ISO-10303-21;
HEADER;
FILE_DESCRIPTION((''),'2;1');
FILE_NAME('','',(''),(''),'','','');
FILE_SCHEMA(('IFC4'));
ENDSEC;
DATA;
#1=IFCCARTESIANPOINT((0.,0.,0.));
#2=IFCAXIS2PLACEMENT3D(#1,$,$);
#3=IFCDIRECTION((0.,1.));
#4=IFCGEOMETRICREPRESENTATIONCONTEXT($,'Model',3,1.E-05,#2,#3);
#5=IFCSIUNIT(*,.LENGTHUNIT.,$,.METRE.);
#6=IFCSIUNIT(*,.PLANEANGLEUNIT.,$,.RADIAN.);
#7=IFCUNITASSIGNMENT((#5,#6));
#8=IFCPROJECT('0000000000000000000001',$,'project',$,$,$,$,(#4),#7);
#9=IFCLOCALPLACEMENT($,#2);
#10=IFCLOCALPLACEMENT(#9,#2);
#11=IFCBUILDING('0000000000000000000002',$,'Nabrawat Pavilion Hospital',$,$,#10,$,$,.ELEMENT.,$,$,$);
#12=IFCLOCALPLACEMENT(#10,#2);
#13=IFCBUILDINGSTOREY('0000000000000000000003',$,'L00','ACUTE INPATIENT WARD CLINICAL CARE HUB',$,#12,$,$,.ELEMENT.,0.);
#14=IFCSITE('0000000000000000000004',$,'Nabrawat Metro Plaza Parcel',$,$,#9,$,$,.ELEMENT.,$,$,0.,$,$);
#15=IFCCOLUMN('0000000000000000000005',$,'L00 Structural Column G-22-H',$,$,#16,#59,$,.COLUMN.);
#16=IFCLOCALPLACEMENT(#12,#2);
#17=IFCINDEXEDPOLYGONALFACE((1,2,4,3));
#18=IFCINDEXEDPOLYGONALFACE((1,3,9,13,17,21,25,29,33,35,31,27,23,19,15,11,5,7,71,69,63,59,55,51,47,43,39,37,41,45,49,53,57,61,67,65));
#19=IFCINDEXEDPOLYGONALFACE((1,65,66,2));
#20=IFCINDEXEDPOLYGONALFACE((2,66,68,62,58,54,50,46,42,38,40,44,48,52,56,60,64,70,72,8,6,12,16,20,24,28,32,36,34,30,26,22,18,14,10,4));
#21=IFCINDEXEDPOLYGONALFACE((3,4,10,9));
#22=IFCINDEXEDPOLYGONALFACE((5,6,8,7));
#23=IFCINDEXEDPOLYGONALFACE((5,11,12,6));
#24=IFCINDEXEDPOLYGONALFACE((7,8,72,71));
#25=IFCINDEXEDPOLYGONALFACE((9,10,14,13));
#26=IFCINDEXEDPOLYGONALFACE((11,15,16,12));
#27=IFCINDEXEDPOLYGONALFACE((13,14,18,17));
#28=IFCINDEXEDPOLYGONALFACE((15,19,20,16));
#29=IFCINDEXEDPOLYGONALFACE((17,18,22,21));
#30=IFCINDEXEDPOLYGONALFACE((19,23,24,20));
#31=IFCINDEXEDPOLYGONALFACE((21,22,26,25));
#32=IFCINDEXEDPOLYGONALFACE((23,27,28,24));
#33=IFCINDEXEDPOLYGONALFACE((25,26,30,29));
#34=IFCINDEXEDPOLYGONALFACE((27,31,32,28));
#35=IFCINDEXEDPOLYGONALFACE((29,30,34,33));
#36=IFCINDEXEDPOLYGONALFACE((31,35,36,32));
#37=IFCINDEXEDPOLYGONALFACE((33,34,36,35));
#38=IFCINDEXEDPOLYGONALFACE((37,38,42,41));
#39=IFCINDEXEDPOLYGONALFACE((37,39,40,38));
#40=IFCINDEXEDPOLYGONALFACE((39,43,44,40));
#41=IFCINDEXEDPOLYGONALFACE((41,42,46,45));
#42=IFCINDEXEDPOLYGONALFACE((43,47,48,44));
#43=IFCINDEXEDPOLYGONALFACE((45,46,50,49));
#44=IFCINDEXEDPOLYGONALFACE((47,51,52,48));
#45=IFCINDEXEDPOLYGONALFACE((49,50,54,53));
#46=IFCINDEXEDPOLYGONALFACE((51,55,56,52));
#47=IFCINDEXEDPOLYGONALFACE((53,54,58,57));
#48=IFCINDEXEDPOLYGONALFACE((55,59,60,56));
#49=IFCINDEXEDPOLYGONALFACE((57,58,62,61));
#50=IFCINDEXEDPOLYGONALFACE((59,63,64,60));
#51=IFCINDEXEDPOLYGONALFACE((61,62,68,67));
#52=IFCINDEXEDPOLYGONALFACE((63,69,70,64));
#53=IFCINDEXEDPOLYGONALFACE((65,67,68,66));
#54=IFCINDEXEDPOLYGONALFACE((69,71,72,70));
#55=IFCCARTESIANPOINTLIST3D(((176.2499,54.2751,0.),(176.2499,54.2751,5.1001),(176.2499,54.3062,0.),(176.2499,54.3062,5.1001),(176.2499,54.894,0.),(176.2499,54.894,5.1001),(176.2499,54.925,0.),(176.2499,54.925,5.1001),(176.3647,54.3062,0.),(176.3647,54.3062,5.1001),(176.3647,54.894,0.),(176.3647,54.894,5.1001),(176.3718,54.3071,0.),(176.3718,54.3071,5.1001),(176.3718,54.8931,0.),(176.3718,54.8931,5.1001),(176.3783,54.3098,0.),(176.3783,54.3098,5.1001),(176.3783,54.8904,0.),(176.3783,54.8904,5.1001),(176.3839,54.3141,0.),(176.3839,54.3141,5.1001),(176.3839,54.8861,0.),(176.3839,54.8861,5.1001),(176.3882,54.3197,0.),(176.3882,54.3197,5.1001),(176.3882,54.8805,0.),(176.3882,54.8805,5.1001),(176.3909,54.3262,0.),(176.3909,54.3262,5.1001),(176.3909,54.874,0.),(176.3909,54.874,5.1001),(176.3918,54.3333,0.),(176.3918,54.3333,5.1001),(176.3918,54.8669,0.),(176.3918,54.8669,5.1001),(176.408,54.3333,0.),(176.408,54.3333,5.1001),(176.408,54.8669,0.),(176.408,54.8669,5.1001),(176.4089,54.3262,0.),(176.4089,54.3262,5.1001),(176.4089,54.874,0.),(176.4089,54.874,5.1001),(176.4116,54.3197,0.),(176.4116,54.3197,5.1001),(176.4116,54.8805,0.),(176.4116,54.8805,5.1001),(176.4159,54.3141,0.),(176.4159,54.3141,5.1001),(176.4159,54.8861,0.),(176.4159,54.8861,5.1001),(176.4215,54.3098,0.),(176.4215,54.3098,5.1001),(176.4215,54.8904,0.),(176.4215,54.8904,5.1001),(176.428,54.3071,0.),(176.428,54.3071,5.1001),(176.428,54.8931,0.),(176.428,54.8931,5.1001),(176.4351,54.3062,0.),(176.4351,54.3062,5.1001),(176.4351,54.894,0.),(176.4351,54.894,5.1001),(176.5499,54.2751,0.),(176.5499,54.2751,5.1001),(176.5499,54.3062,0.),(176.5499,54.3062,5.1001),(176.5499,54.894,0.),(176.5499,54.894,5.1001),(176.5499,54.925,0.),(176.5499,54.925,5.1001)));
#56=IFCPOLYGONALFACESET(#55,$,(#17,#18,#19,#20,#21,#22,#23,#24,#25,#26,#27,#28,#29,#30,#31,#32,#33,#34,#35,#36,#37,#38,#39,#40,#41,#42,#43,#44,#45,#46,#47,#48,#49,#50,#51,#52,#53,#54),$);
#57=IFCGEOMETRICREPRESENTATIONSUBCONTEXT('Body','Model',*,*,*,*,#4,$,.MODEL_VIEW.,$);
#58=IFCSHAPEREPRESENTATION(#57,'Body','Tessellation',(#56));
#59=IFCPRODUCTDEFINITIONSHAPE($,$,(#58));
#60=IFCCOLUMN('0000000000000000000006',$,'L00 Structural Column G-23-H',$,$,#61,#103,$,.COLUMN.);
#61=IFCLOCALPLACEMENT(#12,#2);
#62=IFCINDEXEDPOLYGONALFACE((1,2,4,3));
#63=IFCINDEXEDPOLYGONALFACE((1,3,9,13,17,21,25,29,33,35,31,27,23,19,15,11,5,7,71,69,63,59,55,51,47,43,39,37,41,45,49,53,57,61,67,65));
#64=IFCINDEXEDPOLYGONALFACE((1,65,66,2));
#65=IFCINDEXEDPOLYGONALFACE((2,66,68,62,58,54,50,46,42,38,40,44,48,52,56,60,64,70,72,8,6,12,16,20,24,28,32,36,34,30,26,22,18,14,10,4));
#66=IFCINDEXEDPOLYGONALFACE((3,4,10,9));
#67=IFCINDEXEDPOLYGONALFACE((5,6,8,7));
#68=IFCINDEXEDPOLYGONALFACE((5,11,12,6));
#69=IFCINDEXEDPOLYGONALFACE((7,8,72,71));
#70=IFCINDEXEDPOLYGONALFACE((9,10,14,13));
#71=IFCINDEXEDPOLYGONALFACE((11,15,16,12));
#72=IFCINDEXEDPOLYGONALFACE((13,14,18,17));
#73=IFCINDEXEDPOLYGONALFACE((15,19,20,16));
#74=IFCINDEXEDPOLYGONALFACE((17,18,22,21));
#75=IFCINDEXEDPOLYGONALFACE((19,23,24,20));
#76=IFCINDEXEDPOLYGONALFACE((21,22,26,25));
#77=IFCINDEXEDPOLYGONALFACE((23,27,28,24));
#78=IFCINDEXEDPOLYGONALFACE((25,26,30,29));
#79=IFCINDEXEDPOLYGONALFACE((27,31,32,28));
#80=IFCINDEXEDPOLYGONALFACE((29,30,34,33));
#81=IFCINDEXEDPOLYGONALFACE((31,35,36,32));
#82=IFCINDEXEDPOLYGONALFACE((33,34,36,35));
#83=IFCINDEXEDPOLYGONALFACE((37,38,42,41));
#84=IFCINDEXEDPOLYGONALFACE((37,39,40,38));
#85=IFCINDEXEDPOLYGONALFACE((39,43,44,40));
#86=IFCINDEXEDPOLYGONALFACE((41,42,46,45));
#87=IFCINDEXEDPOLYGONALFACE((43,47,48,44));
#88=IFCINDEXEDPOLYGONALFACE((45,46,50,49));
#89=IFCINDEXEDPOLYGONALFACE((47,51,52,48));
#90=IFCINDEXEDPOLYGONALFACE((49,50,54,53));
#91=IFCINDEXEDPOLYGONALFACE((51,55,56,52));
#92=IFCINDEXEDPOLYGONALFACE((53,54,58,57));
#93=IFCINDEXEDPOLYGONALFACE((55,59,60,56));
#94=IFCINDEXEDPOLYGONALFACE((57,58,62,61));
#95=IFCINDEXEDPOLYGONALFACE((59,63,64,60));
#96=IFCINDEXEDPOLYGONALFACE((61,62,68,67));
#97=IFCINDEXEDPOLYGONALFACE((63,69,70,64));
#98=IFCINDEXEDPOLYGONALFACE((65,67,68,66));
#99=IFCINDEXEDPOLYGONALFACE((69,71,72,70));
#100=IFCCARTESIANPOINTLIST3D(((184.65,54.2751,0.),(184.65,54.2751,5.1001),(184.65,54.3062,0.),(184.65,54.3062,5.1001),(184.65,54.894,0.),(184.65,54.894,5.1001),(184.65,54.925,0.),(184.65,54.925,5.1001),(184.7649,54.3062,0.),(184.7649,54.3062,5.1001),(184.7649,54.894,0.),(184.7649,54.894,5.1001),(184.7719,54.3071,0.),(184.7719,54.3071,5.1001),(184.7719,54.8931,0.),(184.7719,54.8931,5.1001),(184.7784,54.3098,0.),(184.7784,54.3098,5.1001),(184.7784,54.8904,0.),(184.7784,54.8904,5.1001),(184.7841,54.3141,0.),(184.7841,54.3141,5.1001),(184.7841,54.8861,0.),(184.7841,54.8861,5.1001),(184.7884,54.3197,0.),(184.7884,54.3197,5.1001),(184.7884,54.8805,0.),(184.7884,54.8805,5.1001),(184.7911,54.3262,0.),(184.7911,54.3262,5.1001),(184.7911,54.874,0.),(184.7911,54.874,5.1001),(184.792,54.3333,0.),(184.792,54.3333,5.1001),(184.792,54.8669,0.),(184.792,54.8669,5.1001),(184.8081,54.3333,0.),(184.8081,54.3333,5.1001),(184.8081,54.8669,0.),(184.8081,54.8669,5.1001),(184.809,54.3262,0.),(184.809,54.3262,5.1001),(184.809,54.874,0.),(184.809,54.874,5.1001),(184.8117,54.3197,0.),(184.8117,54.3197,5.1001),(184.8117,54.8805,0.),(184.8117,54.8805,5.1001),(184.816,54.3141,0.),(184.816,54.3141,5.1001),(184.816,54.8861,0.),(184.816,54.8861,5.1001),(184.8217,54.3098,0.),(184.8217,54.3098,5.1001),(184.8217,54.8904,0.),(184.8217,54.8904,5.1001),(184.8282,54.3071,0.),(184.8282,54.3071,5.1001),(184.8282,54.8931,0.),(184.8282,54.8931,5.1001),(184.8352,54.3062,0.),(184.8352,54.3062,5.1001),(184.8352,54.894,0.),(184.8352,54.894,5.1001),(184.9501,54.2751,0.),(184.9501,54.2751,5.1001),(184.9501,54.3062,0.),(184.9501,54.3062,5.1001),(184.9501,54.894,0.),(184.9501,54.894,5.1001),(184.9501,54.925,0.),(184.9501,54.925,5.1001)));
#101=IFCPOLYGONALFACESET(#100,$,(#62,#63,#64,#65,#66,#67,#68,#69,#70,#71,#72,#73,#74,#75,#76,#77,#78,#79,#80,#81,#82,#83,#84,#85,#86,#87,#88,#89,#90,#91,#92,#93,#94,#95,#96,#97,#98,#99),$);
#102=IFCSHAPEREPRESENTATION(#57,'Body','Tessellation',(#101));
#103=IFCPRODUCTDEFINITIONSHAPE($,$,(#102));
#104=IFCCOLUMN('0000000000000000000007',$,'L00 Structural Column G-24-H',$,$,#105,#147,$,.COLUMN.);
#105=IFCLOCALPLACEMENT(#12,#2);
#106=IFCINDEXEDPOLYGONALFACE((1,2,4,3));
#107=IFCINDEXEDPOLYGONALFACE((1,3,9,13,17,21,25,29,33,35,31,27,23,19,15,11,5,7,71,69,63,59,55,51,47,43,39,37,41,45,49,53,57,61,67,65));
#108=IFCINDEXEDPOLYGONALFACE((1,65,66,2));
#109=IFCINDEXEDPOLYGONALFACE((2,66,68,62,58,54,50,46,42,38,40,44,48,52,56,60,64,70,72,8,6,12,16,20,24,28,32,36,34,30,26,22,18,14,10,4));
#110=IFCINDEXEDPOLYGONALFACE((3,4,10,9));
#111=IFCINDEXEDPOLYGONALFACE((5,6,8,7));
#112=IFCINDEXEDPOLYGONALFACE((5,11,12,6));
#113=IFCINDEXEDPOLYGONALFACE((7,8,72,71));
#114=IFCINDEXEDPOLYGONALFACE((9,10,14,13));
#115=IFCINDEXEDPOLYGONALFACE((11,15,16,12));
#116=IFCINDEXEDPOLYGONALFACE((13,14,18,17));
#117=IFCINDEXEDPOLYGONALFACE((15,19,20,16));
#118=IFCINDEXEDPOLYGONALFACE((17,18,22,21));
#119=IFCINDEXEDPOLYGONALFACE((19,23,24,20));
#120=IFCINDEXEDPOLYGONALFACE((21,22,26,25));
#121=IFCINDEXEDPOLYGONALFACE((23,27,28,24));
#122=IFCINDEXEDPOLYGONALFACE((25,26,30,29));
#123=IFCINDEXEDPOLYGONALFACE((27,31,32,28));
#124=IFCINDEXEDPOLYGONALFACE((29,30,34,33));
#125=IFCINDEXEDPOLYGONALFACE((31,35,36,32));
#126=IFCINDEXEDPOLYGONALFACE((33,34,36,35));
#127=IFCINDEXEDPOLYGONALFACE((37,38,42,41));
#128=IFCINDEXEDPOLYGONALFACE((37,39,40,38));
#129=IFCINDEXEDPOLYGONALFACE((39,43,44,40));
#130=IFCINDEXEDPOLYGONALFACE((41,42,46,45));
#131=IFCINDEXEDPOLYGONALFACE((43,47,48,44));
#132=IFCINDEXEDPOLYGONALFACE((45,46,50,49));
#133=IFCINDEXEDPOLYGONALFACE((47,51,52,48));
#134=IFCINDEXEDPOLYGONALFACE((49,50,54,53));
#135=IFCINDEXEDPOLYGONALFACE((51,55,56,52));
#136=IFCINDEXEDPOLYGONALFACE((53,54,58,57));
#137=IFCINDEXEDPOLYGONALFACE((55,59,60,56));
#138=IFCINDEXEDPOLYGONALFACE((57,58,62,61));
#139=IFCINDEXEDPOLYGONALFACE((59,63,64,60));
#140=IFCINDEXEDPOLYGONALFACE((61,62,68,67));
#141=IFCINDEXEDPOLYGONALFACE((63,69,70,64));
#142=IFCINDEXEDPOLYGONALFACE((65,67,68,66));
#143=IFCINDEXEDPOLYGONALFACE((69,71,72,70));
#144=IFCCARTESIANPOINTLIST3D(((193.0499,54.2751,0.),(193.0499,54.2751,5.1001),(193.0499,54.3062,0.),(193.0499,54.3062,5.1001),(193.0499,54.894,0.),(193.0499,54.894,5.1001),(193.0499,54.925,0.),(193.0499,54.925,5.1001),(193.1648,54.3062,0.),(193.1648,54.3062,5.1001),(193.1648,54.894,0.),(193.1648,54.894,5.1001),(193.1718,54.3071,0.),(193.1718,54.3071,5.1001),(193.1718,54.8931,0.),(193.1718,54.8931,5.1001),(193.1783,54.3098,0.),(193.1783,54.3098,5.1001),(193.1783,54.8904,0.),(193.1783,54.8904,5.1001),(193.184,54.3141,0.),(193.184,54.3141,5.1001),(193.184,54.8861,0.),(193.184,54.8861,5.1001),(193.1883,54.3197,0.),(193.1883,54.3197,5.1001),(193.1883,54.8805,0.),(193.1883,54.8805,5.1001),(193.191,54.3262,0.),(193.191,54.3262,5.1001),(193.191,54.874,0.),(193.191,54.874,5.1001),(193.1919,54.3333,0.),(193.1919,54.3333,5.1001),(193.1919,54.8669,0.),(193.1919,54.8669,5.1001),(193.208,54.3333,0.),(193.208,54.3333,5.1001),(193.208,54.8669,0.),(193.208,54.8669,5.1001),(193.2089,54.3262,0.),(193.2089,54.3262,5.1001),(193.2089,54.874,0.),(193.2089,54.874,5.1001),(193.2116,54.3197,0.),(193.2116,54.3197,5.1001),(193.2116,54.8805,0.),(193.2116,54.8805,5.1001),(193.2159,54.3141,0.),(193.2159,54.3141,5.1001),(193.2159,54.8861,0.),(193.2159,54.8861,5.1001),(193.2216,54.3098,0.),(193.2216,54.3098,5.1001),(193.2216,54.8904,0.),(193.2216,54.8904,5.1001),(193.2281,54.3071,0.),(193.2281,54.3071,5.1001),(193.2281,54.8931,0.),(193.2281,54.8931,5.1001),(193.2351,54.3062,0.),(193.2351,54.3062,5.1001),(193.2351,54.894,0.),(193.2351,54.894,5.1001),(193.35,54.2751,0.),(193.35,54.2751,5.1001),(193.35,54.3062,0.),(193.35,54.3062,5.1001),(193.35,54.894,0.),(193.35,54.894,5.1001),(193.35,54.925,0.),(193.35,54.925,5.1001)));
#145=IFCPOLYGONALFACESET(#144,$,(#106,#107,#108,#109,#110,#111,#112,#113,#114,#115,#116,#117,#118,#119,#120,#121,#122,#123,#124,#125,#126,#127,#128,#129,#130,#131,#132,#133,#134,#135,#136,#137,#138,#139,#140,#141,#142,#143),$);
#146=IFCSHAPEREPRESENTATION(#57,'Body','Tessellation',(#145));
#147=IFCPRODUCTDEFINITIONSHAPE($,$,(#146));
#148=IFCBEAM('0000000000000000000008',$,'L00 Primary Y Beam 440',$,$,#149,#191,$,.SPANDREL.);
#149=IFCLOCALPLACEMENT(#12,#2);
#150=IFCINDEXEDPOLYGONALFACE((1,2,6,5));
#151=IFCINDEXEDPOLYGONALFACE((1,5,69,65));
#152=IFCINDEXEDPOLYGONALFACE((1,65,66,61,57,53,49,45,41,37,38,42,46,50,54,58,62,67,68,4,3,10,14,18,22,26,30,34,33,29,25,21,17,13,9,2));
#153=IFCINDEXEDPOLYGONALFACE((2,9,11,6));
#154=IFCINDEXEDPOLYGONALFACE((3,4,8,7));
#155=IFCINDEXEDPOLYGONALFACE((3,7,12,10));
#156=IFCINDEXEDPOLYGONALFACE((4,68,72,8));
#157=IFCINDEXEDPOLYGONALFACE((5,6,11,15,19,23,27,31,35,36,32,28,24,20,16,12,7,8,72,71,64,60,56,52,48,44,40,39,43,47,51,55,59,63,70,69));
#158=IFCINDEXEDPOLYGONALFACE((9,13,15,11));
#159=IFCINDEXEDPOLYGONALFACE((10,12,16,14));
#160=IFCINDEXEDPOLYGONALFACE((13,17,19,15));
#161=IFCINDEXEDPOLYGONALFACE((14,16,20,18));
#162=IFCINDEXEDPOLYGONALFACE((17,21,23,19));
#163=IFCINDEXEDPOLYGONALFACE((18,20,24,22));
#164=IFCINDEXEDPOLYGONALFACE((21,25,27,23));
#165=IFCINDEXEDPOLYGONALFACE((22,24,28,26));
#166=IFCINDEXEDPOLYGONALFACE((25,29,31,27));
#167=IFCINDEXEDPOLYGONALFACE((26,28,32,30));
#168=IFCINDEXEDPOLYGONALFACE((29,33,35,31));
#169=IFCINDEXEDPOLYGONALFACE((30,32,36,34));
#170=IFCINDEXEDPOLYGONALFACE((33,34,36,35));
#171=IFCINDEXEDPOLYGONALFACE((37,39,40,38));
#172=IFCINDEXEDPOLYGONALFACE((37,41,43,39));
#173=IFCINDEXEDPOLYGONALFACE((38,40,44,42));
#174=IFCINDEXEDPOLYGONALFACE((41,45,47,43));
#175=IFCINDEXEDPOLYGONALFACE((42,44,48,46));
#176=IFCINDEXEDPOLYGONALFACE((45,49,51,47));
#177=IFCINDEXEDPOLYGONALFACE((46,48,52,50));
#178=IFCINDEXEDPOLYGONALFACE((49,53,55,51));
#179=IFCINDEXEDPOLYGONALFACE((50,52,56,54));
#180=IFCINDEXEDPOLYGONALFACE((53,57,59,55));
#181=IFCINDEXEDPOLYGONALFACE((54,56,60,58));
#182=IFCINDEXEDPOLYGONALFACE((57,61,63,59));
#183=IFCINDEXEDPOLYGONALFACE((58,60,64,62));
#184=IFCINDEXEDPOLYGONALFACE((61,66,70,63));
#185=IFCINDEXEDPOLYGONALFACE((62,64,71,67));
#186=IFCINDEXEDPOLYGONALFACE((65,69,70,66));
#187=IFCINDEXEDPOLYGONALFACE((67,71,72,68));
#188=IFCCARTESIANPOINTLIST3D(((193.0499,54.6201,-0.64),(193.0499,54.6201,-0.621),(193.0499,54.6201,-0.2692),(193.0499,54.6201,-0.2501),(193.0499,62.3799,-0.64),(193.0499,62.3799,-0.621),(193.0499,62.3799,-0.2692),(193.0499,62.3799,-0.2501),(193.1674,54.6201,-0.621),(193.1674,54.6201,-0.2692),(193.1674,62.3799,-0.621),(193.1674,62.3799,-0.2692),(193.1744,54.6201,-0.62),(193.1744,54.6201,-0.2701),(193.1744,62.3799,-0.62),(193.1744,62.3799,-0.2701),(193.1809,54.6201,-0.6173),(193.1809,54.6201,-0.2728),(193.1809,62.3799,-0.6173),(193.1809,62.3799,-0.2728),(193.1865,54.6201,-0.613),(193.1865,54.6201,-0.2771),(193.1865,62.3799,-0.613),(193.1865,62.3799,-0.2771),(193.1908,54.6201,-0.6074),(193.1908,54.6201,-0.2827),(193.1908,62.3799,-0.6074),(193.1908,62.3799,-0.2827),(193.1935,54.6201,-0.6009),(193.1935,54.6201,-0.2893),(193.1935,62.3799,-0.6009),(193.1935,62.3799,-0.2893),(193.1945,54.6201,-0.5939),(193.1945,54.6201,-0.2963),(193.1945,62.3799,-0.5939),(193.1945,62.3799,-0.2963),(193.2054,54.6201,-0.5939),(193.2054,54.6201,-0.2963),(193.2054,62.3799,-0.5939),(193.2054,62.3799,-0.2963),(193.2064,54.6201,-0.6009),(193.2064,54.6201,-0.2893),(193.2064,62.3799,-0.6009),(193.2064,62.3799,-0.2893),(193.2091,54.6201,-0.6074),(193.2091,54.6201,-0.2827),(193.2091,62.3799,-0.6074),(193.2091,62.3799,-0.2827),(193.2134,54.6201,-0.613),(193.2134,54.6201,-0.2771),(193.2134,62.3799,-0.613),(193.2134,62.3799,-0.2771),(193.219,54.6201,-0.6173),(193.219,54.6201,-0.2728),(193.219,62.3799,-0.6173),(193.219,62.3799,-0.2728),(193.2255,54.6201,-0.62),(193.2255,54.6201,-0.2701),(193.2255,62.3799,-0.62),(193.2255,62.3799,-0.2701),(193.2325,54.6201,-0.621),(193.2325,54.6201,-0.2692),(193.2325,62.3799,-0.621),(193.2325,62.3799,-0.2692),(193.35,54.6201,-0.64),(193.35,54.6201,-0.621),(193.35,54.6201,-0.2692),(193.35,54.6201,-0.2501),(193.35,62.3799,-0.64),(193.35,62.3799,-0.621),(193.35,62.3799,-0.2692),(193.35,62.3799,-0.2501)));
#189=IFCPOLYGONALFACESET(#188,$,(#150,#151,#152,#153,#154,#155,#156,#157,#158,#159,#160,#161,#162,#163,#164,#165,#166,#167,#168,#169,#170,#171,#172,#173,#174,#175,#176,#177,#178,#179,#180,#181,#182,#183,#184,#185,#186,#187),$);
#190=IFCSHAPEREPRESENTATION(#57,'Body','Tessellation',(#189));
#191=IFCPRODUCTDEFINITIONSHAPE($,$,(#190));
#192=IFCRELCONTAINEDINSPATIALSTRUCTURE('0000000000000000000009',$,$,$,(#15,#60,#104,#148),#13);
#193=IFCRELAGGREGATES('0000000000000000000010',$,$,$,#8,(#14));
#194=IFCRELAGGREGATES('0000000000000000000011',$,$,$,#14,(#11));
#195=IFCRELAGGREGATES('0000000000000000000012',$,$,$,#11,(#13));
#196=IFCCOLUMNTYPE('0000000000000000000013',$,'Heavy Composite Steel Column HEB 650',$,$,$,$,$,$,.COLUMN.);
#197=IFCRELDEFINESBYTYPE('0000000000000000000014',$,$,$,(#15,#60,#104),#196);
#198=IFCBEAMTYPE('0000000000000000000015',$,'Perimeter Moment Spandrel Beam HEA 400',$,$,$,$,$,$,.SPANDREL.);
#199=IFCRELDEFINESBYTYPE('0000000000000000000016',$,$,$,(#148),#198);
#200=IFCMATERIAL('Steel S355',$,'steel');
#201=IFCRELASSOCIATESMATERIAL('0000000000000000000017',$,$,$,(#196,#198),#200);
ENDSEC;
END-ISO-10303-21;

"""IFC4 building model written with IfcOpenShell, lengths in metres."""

from ifc_helpers import new_model, si_unit, direction, frame, origin, origin_2d, place, context, subcontext, project, spatial, i_section, extrude, material, material_profile, profile_set, type_object, element, save


model = new_model("IFC4")

# Units and contexts
model_context = context("Model", 3, precision=1e-05, world=origin(), true_north=direction((0.0, 1.0)))
body_context = subcontext(model_context, "Body", "Model", "MODEL_VIEW")
ifc_project = project(units=[si_unit("LENGTHUNIT", "METRE"), si_unit("PLANEANGLEUNIT", "RADIAN")], contexts=[model_context])

# Site, building, storey
site_placement = place(None, origin())
site = spatial("IfcSite", under=ifc_project, at=site_placement, Name="Nabrawat Metro Plaza Parcel", CompositionType="ELEMENT", RefElevation=0.0)
building_placement = place(site_placement, origin())
building = spatial("IfcBuilding", under=site, at=building_placement, Name="Nabrawat Pavilion Hospital", CompositionType="ELEMENT")
storey_placement = place(building_placement, origin())
storey = spatial("IfcBuildingStorey", under=building, at=storey_placement, Name="L00", Description="ACUTE INPATIENT WARD CLINICAL CARE HUB", CompositionType="ELEMENT", Elevation=0.0)

# Columns
ifc_material_1 = material(Name="Steel S355", Category="steel")
ifc_material_profile_1 = material_profile(ifc_material_1, i_section(OverallWidth=0.3, OverallDepth=0.6499, WebThickness=0.0161, FlangeThickness=0.031, FilletRadius=0.0271, at=origin_2d()), Name="HEB 650")
ifc_profile_set_1 = profile_set([ifc_material_profile_1], Name="Steel S355")
column_type = type_object("IfcColumnType", Name="Heavy Composite Steel Column HEB 650", PredefinedType="COLUMN", material=ifc_profile_set_1)
for number, where, z_axis, x_axis, name in (
    (1, (176.3999, 54.6001, 0.0), (0.0, 0.0, 1.0), (1.0, 0.0, 0.0), "L00 Structural Column G-22-H"),
    (2, (184.8, 54.6001, 0.0), (0.0, 0.0, 1.0), (1.0, 0.0, 0.0), "L00 Structural Column G-23-H"),
    (3, (193.2, 54.6001, 0.0), (0.0, 0.0, 1.0), (1.0, 0.0, 0.0), "L00 Structural Column G-24-H"),
):
    element("IfcColumn", number, at=place(storey_placement, frame(where, z_axis=z_axis, x_axis=x_axis)), inside=storey, type_object=column_type, Name=name, PredefinedType="COLUMN", context=body_context, shape_type="SweptSolid", body=[
        extrude(i_section(OverallWidth=0.3, OverallDepth=0.6499, WebThickness=0.0161, FlangeThickness=0.031, FilletRadius=0.0271, at=origin_2d()), origin(), (0.0, 0.0, 1.0), 5.1001),
    ])

# Beam
ifc_material_profile_2 = material_profile(ifc_material_1, i_section(OverallWidth=0.3, OverallDepth=0.3899, WebThickness=0.011, FlangeThickness=0.019, FilletRadius=0.0271, at=origin_2d()), Name="HEA 400")
ifc_profile_set_2 = profile_set([ifc_material_profile_2], Name="Steel S355")
beam_type_1 = type_object("IfcBeamType", Name="Perimeter Moment Spandrel Beam HEA 400", PredefinedType="SPANDREL", material=ifc_profile_set_2)
beam_1_placement = place(storey_placement, frame((193.2, 54.6201, -0.4451), z_axis=(0.0, 1.0, 0.0), x_axis=(-1.0, 0.0, 0.0)))
element("IfcBeam", 4, at=beam_1_placement, inside=storey, type_object=beam_type_1, Name="L00 Primary Y Beam 440", PredefinedType="SPANDREL", context=body_context, shape_type="SweptSolid", body=[
    extrude(i_section(OverallWidth=0.3, OverallDepth=0.3899, WebThickness=0.011, FlangeThickness=0.019, FilletRadius=0.0271, at=origin_2d()), origin(), (0.0, 0.0, 1.0), 7.7598),
])

save(model, "model.ifc")
